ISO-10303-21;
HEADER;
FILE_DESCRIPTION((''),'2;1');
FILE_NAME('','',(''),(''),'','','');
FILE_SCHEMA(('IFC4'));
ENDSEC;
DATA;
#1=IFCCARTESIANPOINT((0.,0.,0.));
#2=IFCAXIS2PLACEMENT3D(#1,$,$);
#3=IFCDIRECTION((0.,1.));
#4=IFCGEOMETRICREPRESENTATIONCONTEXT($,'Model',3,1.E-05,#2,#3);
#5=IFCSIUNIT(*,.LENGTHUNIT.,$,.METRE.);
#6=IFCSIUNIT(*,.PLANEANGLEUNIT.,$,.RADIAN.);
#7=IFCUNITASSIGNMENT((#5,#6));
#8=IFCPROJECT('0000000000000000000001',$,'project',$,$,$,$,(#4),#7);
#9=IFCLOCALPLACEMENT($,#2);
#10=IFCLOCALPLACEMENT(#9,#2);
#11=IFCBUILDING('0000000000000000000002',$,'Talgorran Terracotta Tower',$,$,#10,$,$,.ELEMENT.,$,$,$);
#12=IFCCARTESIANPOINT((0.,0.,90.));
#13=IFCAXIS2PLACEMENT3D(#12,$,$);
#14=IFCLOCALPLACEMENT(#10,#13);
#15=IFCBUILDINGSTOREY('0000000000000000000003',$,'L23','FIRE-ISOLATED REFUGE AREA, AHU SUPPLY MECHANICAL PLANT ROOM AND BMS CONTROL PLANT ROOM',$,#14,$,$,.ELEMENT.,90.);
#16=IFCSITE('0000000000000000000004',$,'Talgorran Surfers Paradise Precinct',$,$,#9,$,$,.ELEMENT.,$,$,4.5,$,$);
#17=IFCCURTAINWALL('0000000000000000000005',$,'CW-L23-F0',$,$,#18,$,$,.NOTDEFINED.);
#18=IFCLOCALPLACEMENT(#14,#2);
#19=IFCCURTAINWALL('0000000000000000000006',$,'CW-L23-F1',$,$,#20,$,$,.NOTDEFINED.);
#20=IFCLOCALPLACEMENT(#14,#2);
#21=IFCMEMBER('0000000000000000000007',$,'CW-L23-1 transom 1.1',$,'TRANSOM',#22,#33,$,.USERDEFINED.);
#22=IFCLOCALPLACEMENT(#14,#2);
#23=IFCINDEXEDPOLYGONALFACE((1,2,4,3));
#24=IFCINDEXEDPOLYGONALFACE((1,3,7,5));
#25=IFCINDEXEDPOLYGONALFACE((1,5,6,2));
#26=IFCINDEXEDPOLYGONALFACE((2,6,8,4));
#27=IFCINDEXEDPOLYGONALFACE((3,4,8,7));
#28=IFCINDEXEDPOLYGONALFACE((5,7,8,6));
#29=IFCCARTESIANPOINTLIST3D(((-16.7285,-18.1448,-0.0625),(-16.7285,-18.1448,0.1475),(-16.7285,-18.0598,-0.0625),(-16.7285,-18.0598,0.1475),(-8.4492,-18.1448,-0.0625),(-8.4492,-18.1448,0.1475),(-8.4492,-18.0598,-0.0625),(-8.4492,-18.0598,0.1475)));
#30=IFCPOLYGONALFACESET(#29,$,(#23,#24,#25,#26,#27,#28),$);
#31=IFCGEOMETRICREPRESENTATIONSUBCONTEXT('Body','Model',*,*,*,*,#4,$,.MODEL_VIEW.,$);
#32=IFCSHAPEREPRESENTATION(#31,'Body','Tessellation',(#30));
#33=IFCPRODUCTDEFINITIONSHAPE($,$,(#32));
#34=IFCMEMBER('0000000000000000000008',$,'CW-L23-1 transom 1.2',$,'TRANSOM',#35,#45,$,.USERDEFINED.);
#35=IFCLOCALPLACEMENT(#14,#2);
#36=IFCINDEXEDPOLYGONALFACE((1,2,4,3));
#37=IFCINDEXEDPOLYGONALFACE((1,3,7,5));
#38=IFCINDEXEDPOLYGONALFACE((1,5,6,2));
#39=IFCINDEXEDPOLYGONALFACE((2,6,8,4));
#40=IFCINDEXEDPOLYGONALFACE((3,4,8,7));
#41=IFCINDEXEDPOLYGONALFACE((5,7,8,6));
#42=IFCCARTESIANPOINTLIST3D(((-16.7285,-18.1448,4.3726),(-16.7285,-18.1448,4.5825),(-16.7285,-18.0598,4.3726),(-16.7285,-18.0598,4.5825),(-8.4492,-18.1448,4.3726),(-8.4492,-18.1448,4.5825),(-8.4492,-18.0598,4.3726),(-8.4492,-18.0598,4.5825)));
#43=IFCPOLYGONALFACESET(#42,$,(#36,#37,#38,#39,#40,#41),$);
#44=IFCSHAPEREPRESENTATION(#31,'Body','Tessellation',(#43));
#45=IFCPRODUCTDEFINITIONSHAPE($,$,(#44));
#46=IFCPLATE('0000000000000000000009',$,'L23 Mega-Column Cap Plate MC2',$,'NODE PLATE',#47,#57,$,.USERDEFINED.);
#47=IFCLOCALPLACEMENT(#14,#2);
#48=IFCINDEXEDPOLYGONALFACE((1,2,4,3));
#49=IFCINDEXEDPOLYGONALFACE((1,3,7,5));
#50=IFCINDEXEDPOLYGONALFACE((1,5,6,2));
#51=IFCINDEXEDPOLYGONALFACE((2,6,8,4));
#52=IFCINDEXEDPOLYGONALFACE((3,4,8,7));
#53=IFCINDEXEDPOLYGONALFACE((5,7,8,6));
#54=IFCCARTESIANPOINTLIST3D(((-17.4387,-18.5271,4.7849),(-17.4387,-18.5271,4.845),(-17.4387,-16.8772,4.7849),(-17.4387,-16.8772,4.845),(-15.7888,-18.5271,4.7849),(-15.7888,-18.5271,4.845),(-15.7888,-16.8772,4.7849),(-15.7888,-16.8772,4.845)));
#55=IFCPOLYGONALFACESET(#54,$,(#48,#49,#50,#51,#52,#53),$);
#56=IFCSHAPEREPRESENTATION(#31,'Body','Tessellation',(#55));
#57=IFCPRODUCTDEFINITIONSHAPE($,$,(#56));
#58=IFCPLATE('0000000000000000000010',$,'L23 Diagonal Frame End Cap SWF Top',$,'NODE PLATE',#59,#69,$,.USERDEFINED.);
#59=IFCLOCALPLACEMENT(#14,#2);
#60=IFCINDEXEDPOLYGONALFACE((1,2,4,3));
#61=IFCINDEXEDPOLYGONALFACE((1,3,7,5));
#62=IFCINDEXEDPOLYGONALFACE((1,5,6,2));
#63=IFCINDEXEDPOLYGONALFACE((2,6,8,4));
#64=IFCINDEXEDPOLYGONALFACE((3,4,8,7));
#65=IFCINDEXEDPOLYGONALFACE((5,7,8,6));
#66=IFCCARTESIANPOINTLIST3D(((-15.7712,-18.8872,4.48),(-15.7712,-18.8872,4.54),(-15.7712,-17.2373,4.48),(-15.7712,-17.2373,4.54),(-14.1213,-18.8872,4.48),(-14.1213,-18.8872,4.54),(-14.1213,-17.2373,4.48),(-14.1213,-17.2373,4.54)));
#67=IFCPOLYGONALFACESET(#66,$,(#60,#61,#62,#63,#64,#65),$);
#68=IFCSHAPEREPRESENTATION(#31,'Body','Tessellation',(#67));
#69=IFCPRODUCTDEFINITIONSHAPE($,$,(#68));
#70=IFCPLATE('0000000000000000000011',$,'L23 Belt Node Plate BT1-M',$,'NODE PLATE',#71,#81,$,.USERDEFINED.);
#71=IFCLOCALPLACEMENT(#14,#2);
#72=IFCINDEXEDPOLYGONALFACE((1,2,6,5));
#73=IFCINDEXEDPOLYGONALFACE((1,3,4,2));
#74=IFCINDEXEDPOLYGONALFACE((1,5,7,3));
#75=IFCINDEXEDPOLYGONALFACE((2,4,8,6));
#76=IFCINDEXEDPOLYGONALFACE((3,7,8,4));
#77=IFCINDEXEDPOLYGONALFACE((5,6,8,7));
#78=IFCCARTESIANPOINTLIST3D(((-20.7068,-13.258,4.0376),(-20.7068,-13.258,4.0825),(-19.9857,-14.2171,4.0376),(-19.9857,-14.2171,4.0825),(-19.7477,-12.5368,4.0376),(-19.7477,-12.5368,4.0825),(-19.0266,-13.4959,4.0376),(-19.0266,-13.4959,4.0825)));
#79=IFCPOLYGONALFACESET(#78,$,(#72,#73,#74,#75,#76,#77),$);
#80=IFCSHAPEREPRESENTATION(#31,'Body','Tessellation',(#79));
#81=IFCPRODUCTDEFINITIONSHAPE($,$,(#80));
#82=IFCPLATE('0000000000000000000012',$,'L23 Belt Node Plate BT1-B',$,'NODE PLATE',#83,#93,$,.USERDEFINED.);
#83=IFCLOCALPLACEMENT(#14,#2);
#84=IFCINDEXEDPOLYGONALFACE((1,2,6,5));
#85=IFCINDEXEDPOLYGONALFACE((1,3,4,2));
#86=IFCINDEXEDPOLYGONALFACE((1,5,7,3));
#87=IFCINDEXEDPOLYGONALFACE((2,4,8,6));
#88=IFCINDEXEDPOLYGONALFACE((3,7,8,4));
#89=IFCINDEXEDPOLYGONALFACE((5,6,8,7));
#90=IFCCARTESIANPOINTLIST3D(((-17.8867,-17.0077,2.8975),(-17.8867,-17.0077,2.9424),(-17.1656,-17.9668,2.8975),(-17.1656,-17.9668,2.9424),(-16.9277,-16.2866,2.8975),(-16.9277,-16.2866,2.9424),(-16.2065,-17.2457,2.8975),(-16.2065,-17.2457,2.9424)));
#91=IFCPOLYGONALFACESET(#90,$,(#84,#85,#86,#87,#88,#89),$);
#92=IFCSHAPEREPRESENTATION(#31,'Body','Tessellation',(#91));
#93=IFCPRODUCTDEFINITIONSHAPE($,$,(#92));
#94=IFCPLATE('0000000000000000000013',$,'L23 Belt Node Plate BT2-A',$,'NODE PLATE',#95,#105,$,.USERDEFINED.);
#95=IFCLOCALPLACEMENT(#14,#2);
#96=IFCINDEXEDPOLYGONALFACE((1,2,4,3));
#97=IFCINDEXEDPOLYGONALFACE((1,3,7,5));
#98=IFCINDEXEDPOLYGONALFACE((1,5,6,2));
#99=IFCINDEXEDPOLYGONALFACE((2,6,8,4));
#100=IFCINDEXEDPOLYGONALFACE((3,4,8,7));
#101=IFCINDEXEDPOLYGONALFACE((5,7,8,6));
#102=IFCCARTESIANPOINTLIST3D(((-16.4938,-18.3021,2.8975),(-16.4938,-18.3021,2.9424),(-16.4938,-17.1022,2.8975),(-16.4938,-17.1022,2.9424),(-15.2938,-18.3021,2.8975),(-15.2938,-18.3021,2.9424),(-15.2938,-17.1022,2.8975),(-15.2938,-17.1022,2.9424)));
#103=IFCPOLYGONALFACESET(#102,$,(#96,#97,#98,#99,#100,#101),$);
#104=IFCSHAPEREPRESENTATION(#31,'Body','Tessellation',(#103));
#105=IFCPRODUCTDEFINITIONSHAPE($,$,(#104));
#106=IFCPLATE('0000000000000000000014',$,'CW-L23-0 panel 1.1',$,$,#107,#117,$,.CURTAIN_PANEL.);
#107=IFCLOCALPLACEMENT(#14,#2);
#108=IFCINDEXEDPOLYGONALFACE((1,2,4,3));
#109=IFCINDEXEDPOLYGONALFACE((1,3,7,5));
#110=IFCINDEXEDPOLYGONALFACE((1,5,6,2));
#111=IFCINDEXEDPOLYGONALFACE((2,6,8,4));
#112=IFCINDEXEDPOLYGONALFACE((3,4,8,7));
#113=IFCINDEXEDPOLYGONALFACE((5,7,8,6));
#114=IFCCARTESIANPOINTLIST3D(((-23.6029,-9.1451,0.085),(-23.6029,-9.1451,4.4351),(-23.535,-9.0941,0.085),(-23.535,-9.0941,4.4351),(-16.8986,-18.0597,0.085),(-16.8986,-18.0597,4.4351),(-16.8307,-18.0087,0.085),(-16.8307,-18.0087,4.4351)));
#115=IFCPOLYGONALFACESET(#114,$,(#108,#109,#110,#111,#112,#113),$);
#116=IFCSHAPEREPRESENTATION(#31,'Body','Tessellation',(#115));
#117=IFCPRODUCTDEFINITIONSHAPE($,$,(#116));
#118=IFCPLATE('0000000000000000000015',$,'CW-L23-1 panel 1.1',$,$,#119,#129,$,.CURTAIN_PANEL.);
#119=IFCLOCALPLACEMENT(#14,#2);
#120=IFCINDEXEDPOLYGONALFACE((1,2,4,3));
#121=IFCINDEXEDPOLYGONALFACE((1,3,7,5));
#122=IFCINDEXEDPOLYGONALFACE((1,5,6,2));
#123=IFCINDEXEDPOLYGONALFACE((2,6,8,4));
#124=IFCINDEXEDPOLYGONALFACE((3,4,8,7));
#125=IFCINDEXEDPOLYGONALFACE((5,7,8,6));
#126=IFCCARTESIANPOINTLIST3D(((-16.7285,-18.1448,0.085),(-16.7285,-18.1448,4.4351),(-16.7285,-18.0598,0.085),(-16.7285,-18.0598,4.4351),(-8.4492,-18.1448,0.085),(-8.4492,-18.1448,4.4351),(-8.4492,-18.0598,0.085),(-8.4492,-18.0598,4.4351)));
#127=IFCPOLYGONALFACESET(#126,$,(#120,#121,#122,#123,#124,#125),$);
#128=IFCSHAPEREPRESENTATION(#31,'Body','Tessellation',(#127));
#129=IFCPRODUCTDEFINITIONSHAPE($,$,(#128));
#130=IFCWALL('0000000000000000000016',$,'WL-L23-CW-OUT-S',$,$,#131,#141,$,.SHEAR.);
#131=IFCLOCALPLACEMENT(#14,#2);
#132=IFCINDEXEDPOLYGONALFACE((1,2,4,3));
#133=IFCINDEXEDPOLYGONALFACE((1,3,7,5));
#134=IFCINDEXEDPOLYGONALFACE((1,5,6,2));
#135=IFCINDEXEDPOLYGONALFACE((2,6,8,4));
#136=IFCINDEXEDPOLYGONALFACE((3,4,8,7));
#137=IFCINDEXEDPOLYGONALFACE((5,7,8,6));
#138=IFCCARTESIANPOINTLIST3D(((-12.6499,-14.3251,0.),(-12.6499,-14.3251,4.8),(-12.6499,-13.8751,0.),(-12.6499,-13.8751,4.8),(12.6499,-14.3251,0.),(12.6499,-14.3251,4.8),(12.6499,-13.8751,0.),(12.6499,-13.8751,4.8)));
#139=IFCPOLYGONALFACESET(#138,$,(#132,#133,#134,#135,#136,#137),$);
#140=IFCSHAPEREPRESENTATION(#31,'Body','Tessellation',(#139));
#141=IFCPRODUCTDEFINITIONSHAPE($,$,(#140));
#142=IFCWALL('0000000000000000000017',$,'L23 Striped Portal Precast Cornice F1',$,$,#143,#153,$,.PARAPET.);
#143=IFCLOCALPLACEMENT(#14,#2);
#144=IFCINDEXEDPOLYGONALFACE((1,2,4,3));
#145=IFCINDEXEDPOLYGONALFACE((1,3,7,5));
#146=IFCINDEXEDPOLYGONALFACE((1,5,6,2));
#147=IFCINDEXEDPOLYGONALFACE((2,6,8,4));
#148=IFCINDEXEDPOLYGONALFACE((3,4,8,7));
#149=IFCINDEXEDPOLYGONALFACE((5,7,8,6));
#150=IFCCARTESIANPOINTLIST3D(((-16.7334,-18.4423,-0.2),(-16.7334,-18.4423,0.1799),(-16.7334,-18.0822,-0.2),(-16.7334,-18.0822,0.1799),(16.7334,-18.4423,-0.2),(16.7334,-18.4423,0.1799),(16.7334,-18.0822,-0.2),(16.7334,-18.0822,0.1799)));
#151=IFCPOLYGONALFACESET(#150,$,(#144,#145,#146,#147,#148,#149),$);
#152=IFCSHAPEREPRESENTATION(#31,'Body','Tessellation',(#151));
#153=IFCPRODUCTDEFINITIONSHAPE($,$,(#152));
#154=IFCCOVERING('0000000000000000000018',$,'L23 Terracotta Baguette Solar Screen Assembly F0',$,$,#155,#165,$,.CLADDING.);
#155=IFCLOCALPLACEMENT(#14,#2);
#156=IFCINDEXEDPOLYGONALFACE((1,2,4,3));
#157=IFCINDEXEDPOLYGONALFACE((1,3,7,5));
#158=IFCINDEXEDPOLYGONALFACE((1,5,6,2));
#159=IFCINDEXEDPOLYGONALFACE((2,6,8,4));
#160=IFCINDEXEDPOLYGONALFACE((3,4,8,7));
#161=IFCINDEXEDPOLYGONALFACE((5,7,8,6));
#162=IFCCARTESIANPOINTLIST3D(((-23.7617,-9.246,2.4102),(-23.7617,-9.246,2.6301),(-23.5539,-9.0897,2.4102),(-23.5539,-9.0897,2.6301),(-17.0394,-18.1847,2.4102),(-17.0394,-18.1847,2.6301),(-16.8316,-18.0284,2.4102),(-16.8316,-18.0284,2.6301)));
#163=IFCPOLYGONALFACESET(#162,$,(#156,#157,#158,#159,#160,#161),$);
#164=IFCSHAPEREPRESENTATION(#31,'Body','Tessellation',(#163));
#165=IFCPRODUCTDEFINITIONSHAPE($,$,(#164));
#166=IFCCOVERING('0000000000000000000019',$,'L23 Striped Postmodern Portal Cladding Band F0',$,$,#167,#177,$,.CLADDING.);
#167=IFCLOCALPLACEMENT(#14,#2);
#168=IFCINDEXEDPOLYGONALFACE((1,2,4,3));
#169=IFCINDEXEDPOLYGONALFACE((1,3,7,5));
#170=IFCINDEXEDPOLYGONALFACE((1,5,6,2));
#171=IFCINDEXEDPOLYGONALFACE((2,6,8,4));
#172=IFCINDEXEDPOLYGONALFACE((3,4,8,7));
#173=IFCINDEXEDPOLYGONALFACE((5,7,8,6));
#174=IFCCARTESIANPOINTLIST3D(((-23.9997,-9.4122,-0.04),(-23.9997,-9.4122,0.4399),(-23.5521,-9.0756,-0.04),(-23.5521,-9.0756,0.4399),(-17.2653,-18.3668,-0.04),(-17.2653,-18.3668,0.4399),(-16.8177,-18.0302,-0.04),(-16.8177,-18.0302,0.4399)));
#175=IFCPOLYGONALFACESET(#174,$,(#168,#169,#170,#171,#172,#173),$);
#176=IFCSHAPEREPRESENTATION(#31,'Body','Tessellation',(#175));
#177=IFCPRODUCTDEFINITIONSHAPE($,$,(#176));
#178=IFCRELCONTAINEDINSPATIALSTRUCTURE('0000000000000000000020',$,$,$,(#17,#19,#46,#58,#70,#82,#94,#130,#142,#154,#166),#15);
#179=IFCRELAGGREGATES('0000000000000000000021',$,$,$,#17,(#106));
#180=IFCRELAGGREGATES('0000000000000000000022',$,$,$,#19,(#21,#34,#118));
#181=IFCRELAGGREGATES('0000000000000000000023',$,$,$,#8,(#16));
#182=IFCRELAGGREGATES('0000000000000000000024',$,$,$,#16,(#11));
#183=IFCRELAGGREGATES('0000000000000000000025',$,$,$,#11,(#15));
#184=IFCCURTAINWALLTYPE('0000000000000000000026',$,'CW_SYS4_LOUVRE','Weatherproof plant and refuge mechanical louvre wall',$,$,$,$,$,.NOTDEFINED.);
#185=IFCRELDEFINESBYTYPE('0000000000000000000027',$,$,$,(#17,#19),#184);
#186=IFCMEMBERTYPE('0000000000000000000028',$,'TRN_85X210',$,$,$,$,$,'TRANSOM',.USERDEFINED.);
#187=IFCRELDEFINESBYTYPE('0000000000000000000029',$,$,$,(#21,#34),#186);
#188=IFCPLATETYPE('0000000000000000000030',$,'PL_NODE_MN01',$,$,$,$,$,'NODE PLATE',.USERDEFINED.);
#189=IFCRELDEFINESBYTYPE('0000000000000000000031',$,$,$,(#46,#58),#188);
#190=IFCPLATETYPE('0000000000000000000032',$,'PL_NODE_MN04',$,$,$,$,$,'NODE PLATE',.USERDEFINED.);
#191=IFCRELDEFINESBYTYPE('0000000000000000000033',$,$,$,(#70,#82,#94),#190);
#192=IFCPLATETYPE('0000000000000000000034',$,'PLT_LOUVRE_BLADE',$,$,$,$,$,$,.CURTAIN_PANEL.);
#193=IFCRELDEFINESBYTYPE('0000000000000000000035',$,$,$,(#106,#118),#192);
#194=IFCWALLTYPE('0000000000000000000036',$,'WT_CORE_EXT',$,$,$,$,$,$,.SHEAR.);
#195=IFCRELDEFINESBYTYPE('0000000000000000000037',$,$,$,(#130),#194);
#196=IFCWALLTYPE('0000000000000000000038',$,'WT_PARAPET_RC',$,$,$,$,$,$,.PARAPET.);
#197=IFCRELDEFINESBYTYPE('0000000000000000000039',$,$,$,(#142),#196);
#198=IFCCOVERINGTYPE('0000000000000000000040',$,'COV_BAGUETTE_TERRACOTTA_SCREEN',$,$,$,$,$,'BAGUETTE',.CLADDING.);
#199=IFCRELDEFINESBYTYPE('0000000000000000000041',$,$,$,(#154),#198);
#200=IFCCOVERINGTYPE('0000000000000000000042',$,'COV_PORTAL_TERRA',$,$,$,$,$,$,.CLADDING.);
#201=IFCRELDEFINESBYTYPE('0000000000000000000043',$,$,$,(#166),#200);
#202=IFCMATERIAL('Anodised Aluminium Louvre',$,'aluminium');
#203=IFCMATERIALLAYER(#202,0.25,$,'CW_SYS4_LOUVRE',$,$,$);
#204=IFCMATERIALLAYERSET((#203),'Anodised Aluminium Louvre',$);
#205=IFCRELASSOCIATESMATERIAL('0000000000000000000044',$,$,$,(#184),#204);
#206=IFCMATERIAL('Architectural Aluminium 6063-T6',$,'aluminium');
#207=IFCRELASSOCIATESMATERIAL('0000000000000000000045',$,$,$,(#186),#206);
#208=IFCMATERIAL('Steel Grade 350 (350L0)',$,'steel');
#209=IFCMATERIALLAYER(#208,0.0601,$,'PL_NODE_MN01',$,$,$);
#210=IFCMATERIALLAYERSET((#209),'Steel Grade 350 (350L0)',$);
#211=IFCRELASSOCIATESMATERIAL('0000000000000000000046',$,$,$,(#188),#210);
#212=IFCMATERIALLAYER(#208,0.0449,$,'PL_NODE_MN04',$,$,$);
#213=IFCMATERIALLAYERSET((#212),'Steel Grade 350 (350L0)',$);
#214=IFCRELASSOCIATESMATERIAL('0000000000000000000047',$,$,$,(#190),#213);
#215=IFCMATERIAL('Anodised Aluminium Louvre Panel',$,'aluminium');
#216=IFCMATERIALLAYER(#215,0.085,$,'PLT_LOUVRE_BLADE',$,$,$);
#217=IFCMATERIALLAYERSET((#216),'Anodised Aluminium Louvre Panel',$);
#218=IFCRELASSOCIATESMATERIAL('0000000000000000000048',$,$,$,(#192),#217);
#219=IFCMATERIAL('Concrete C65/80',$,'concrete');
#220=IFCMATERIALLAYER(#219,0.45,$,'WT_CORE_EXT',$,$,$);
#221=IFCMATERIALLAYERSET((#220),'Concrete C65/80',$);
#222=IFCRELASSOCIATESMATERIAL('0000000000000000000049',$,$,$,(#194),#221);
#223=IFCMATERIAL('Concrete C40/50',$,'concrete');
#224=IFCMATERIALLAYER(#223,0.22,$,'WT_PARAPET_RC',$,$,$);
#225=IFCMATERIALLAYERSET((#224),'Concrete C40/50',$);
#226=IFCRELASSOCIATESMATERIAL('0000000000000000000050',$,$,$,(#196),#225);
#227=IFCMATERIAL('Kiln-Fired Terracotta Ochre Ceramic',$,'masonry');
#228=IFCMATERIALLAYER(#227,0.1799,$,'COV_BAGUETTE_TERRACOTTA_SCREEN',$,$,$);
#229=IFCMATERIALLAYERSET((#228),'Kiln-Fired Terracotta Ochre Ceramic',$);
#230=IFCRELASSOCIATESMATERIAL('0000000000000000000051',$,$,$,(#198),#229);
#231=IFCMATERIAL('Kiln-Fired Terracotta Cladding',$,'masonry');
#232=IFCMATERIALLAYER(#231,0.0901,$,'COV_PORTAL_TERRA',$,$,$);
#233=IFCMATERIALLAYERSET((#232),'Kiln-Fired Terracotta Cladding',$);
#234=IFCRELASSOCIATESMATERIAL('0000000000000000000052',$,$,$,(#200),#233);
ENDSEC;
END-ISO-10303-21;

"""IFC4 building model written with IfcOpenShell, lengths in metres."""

from ifc_helpers import new_model, si_unit, direction, frame, frame_2d, origin, origin_2d, place, context, subcontext, project, spatial, rectangle, extrude, source, transform, mapped, material, layer, layer_set, material_profile, profile_set, type_object, type_shapes, element, aggregate, save


model = new_model("IFC4")

# Units and contexts
model_context = context("Model", 3, precision=1e-05, world=origin(), true_north=direction((0.0, 1.0)))
body_context = subcontext(model_context, "Body", "Model", "MODEL_VIEW")
ifc_project = project(units=[si_unit("LENGTHUNIT", "METRE"), si_unit("PLANEANGLEUNIT", "RADIAN")], contexts=[model_context])

# Site, building, storey
site_placement = place(None, origin())
site = spatial("IfcSite", under=ifc_project, at=site_placement, Name="Talgorran Surfers Paradise Precinct", CompositionType="ELEMENT", RefElevation=4.5)
building_placement = place(site_placement, origin())
building = spatial("IfcBuilding", under=site, at=building_placement, Name="Talgorran Terracotta Tower", CompositionType="ELEMENT")
storey_placement = place(building_placement, frame((0.0, 0.0, 90.0)))
storey = spatial("IfcBuildingStorey", under=building, at=storey_placement, Name="L23", Description="FIRE-ISOLATED REFUGE AREA, AHU SUPPLY MECHANICAL PLANT ROOM AND BMS CONTROL PLANT ROOM", CompositionType="ELEMENT", Elevation=90.0)

# Shared definitions
ifc_material_1 = material(Name="Steel Grade 350 (350L0)", Category="steel")

# Curtain wall
ifc_material_2 = material(Name="Anodised Aluminium Louvre", Category="aluminium")
ifc_layer_1 = layer(ifc_material_2, 0.25, Name="CW_SYS4_LOUVRE")
ifc_layer_set_1 = layer_set([ifc_layer_1], Name="Anodised Aluminium Louvre")
curtain_wall_type = type_object("IfcCurtainWallType", Name="CW_SYS4_LOUVRE", Description="Weatherproof plant and refuge mechanical louvre wall", PredefinedType="NOTDEFINED", material=ifc_layer_set_1)
curtain_wall_1_placement = place(storey_placement, origin())
curtain_wall_1 = element("IfcCurtainWall", 1, at=curtain_wall_1_placement, inside=storey, type_object=curtain_wall_type, Name="CW-L23-F0", PredefinedType="NOTDEFINED")
ifc_material_3 = material(Name="Architectural Aluminium 6063-T6", Category="aluminium")

# Curtain wall, members
curtain_wall_2_placement = place(storey_placement, origin())
curtain_wall_2 = element("IfcCurtainWall", 2, at=curtain_wall_2_placement, inside=storey, type_object=curtain_wall_type, Name="CW-L23-F1", PredefinedType="NOTDEFINED")
ifc_material_profile_1 = material_profile(ifc_material_3, rectangle(XDim=0.085, YDim=0.21, at=origin_2d()), Name="CWT85X210")
ifc_profile_set_1 = profile_set([ifc_material_profile_1], Name="Architectural Aluminium 6063-T6")
member_type_1 = type_object("IfcMemberType", Name="TRN_85X210", ElementType="TRANSOM", PredefinedType="USERDEFINED", material=ifc_profile_set_1)
member_1_placement = place(storey_placement, frame((-16.7285, -18.1023, 0.0425), z_axis=(1.0, 0.0, 0.0), x_axis=(0.0, 1.0, 0.0)))
member_1 = element("IfcMember", 3, at=member_1_placement, type_object=member_type_1, Name="CW-L23-1 transom 1.1", ObjectType="TRANSOM", PredefinedType="USERDEFINED", context=body_context, shape_type="SweptSolid", body=[
    extrude(rectangle(XDim=0.085, YDim=0.21, at=origin_2d()), origin(), (0.0, 0.0, 1.0), 8.2793),
])
member_2_placement = place(storey_placement, frame((-16.7285, -18.1023, 4.4775), z_axis=(1.0, 0.0, 0.0), x_axis=(0.0, 1.0, 0.0)))
member_2 = element("IfcMember", 4, at=member_2_placement, type_object=member_type_1, Name="CW-L23-1 transom 1.2", ObjectType="TRANSOM", PredefinedType="USERDEFINED", context=body_context, shape_type="SweptSolid", body=[
    extrude(rectangle(XDim=0.085, YDim=0.21, at=origin_2d()), origin(), (0.0, 0.0, 1.0), 8.2793),
])

# Plates
ifc_layer_2 = layer(ifc_material_1, 0.0601, Name="PL_NODE_MN01")
ifc_layer_set_2 = layer_set([ifc_layer_2], Name="Steel Grade 350 (350L0)")
plate_type_1 = type_object("IfcPlateType", Name="PL_NODE_MN01", ElementType="NODE PLATE", PredefinedType="USERDEFINED", material=ifc_layer_set_2)
for number, where, z_axis, x_axis, name in (
    (5, (-16.6138, -17.7021, 4.7849), (0.0, 0.0, 1.0), (1.0, 0.0, 0.0), "L23 Mega-Column Cap Plate MC2"),
    (6, (-14.9463, -18.0623, 4.48), (0.0, 0.0, 1.0), (-1.0, 0.0, 0.0), "L23 Diagonal Frame End Cap SWF Top"),
):
    element("IfcPlate", number, at=place(storey_placement, frame(where, z_axis=z_axis, x_axis=x_axis)), inside=storey, type_object=plate_type_1, Name=name, ObjectType="NODE PLATE", PredefinedType="USERDEFINED", context=body_context, shape_type="SweptSolid", body=[
        extrude(rectangle(XDim=1.6499, YDim=1.6499, at=origin_2d()), origin(), (0.0, 0.0, 1.0), 0.0601),
    ])
ifc_layer_3 = layer(ifc_material_1, 0.0449, Name="PL_NODE_MN04")
ifc_layer_set_3 = layer_set([ifc_layer_3], Name="Steel Grade 350 (350L0)")
plate_type_2 = type_object("IfcPlateType", Name="PL_NODE_MN04", ElementType="NODE PLATE", PredefinedType="USERDEFINED", material=ifc_layer_set_3)
for number, where, z_axis, x_axis, name in (
    (7, (-19.8667, -13.377, 4.0376), (0.0, 0.0, 1.0), (0.600978, -0.799265, 0.0), "L23 Belt Node Plate BT1-M"),
    (8, (-17.0466, -17.1267, 2.8975), (0.0, 0.0, 1.0), (0.600978, -0.799265, 0.0), "L23 Belt Node Plate BT1-B"),
    (9, (-15.8938, -17.7021, 2.8975), (0.0, 0.0, 1.0), (1.0, 0.0, 0.0), "L23 Belt Node Plate BT2-A"),
):
    element("IfcPlate", number, at=place(storey_placement, frame(where, z_axis=z_axis, x_axis=x_axis)), inside=storey, type_object=plate_type_2, Name=name, ObjectType="NODE PLATE", PredefinedType="USERDEFINED", context=body_context, shape_type="SweptSolid", body=[
        extrude(rectangle(XDim=1.2, YDim=1.2, at=origin_2d()), origin(), (0.0, 0.0, 1.0), 0.0449),
    ])

# Plates
ifc_material_4 = material(Name="Anodised Aluminium Louvre Panel", Category="aluminium")
ifc_layer_4 = layer(ifc_material_4, 0.085, Name="PLT_LOUVRE_BLADE")
ifc_layer_set_4 = layer_set([ifc_layer_4], Name="Anodised Aluminium Louvre Panel")
plate_type_3 = type_object("IfcPlateType", Name="PLT_LOUVRE_BLADE", PredefinedType="CURTAIN_PANEL", material=ifc_layer_set_4)
shared_shape_1 = source(origin(), body_context, "Body", "SweptSolid", [
    extrude(rectangle(XDim=11.1543, YDim=0.085, at=origin_2d()), origin(), (0.0, 0.0, 1.0), 4.3501),
])
plate_1_placement = place(storey_placement, frame((-20.2168, -13.5769, 0.085), z_axis=(0.0, 0.0, 1.0), x_axis=(0.601052, -0.79921, 0.0)))
plate_1 = element("IfcPlate", 10, at=plate_1_placement, type_object=plate_type_3, Name="CW-L23-0 panel 1.1", PredefinedType="CURTAIN_PANEL", context=body_context, shape_type="MappedRepresentation", body=[
    mapped(shared_shape_1, transform((0.0, 0.0, 0.0), scale=1.0)),
])
aggregate(curtain_wall_1, [plate_1])
shared_shape_2 = source(origin(), body_context, "Body", "SweptSolid", [
    extrude(rectangle(XDim=8.2793, YDim=0.085, at=origin_2d()), origin(), (0.0, 0.0, 1.0), 4.3501),
])
type_shapes(plate_type_3, [shared_shape_1, shared_shape_2])
plate_2_placement = place(storey_placement, frame((-12.5889, -18.1023, 0.085), z_axis=(0.0, 0.0, 1.0), x_axis=(1.0, 0.0, 0.0)))
plate_2 = element("IfcPlate", 11, at=plate_2_placement, type_object=plate_type_3, Name="CW-L23-1 panel 1.1", PredefinedType="CURTAIN_PANEL", context=body_context, shape_type="MappedRepresentation", body=[
    mapped(shared_shape_2, transform((0.0, 0.0, 0.0), scale=1.0)),
])
aggregate(curtain_wall_2, [member_1, member_2, plate_2])

# Walls
ifc_material_5 = material(Name="Concrete C65/80", Category="concrete")
ifc_layer_5 = layer(ifc_material_5, 0.45, Name="WT_CORE_EXT")
ifc_layer_set_5 = layer_set([ifc_layer_5], Name="Concrete C65/80")
wall_type_1 = type_object("IfcWallType", Name="WT_CORE_EXT", PredefinedType="SHEAR", material=ifc_layer_set_5)
wall_1_placement = place(storey_placement, frame((-12.6499, -14.1001, 0.0), z_axis=(0.0, 0.0, 1.0), x_axis=(1.0, 0.0, 0.0)))
element("IfcWall", 12, at=wall_1_placement, inside=storey, type_object=wall_type_1, Name="WL-L23-CW-OUT-S", PredefinedType="SHEAR", context=body_context, shape_type="SweptSolid", body=[
    extrude(rectangle(XDim=25.2998, YDim=0.45, at=frame_2d((12.6499, 0.0))), origin(), (0.0, 0.0, 1.0), 4.8),
])
ifc_material_6 = material(Name="Concrete C40/50", Category="concrete")
ifc_layer_6 = layer(ifc_material_6, 0.22, Name="WT_PARAPET_RC")
ifc_layer_set_6 = layer_set([ifc_layer_6], Name="Concrete C40/50")
wall_type_2 = type_object("IfcWallType", Name="WT_PARAPET_RC", PredefinedType="PARAPET", material=ifc_layer_set_6)
wall_2_placement = place(storey_placement, frame((-16.7334, -18.2622, -0.2), z_axis=(0.0, 0.0, 1.0), x_axis=(1.0, 0.0, 0.0)))
element("IfcWall", 13, at=wall_2_placement, inside=storey, type_object=wall_type_2, Name="L23 Striped Portal Precast Cornice F1", PredefinedType="PARAPET", context=body_context, shape_type="SweptSolid", body=[
    extrude(rectangle(XDim=33.4668, YDim=0.3601, at=frame_2d((16.7334, 0.0))), origin(), (0.0, 0.0, 1.0), 0.3799),
])

# Coverings
ifc_material_7 = material(Name="Kiln-Fired Terracotta Ochre Ceramic", Category="masonry")
ifc_layer_7 = layer(ifc_material_7, 0.1799, Name="COV_BAGUETTE_TERRACOTTA_SCREEN")
ifc_layer_set_7 = layer_set([ifc_layer_7], Name="Kiln-Fired Terracotta Ochre Ceramic")
covering_type_1 = type_object("IfcCoveringType", Name="COV_BAGUETTE_TERRACOTTA_SCREEN", ElementType="BAGUETTE", PredefinedType="CLADDING", material=ifc_layer_set_7)
covering_1_placement = place(storey_placement, frame((-20.2966, -13.6372, 2.4102), z_axis=(0.0, 0.0, 1.0), x_axis=(0.601048, -0.799213, 0.0)))
element("IfcCovering", 14, at=covering_1_placement, inside=storey, type_object=covering_type_1, Name="L23 Terracotta Baguette Solar Screen Assembly F0", PredefinedType="CLADDING", context=body_context, shape_type="SweptSolid", body=[
    extrude(rectangle(XDim=11.1843, YDim=0.26, at=origin_2d()), origin(), (0.0, 0.0, 1.0), 0.22),
])
ifc_material_8 = material(Name="Kiln-Fired Terracotta Cladding", Category="masonry")
ifc_layer_8 = layer(ifc_material_8, 0.0901, Name="COV_PORTAL_TERRA")
ifc_layer_set_8 = layer_set([ifc_layer_8], Name="Kiln-Fired Terracotta Cladding")
covering_type_2 = type_object("IfcCoveringType", Name="COV_PORTAL_TERRA", PredefinedType="CLADDING", material=ifc_layer_set_8)
covering_2_placement = place(storey_placement, frame((-20.4087, -13.7212, -0.04), z_axis=(0.0, 0.0, 1.0), x_axis=(0.601048, -0.799213, 0.0)))
element("IfcCovering", 15, at=covering_2_placement, inside=storey, type_object=covering_type_2, Name="L23 Striped Postmodern Portal Cladding Band F0", PredefinedType="CLADDING", context=body_context, shape_type="SweptSolid", body=[
    extrude(rectangle(XDim=11.2043, YDim=0.5601, at=origin_2d()), origin(), (0.0, 0.0, 1.0), 0.48),
])

save(model, "model.ifc")
